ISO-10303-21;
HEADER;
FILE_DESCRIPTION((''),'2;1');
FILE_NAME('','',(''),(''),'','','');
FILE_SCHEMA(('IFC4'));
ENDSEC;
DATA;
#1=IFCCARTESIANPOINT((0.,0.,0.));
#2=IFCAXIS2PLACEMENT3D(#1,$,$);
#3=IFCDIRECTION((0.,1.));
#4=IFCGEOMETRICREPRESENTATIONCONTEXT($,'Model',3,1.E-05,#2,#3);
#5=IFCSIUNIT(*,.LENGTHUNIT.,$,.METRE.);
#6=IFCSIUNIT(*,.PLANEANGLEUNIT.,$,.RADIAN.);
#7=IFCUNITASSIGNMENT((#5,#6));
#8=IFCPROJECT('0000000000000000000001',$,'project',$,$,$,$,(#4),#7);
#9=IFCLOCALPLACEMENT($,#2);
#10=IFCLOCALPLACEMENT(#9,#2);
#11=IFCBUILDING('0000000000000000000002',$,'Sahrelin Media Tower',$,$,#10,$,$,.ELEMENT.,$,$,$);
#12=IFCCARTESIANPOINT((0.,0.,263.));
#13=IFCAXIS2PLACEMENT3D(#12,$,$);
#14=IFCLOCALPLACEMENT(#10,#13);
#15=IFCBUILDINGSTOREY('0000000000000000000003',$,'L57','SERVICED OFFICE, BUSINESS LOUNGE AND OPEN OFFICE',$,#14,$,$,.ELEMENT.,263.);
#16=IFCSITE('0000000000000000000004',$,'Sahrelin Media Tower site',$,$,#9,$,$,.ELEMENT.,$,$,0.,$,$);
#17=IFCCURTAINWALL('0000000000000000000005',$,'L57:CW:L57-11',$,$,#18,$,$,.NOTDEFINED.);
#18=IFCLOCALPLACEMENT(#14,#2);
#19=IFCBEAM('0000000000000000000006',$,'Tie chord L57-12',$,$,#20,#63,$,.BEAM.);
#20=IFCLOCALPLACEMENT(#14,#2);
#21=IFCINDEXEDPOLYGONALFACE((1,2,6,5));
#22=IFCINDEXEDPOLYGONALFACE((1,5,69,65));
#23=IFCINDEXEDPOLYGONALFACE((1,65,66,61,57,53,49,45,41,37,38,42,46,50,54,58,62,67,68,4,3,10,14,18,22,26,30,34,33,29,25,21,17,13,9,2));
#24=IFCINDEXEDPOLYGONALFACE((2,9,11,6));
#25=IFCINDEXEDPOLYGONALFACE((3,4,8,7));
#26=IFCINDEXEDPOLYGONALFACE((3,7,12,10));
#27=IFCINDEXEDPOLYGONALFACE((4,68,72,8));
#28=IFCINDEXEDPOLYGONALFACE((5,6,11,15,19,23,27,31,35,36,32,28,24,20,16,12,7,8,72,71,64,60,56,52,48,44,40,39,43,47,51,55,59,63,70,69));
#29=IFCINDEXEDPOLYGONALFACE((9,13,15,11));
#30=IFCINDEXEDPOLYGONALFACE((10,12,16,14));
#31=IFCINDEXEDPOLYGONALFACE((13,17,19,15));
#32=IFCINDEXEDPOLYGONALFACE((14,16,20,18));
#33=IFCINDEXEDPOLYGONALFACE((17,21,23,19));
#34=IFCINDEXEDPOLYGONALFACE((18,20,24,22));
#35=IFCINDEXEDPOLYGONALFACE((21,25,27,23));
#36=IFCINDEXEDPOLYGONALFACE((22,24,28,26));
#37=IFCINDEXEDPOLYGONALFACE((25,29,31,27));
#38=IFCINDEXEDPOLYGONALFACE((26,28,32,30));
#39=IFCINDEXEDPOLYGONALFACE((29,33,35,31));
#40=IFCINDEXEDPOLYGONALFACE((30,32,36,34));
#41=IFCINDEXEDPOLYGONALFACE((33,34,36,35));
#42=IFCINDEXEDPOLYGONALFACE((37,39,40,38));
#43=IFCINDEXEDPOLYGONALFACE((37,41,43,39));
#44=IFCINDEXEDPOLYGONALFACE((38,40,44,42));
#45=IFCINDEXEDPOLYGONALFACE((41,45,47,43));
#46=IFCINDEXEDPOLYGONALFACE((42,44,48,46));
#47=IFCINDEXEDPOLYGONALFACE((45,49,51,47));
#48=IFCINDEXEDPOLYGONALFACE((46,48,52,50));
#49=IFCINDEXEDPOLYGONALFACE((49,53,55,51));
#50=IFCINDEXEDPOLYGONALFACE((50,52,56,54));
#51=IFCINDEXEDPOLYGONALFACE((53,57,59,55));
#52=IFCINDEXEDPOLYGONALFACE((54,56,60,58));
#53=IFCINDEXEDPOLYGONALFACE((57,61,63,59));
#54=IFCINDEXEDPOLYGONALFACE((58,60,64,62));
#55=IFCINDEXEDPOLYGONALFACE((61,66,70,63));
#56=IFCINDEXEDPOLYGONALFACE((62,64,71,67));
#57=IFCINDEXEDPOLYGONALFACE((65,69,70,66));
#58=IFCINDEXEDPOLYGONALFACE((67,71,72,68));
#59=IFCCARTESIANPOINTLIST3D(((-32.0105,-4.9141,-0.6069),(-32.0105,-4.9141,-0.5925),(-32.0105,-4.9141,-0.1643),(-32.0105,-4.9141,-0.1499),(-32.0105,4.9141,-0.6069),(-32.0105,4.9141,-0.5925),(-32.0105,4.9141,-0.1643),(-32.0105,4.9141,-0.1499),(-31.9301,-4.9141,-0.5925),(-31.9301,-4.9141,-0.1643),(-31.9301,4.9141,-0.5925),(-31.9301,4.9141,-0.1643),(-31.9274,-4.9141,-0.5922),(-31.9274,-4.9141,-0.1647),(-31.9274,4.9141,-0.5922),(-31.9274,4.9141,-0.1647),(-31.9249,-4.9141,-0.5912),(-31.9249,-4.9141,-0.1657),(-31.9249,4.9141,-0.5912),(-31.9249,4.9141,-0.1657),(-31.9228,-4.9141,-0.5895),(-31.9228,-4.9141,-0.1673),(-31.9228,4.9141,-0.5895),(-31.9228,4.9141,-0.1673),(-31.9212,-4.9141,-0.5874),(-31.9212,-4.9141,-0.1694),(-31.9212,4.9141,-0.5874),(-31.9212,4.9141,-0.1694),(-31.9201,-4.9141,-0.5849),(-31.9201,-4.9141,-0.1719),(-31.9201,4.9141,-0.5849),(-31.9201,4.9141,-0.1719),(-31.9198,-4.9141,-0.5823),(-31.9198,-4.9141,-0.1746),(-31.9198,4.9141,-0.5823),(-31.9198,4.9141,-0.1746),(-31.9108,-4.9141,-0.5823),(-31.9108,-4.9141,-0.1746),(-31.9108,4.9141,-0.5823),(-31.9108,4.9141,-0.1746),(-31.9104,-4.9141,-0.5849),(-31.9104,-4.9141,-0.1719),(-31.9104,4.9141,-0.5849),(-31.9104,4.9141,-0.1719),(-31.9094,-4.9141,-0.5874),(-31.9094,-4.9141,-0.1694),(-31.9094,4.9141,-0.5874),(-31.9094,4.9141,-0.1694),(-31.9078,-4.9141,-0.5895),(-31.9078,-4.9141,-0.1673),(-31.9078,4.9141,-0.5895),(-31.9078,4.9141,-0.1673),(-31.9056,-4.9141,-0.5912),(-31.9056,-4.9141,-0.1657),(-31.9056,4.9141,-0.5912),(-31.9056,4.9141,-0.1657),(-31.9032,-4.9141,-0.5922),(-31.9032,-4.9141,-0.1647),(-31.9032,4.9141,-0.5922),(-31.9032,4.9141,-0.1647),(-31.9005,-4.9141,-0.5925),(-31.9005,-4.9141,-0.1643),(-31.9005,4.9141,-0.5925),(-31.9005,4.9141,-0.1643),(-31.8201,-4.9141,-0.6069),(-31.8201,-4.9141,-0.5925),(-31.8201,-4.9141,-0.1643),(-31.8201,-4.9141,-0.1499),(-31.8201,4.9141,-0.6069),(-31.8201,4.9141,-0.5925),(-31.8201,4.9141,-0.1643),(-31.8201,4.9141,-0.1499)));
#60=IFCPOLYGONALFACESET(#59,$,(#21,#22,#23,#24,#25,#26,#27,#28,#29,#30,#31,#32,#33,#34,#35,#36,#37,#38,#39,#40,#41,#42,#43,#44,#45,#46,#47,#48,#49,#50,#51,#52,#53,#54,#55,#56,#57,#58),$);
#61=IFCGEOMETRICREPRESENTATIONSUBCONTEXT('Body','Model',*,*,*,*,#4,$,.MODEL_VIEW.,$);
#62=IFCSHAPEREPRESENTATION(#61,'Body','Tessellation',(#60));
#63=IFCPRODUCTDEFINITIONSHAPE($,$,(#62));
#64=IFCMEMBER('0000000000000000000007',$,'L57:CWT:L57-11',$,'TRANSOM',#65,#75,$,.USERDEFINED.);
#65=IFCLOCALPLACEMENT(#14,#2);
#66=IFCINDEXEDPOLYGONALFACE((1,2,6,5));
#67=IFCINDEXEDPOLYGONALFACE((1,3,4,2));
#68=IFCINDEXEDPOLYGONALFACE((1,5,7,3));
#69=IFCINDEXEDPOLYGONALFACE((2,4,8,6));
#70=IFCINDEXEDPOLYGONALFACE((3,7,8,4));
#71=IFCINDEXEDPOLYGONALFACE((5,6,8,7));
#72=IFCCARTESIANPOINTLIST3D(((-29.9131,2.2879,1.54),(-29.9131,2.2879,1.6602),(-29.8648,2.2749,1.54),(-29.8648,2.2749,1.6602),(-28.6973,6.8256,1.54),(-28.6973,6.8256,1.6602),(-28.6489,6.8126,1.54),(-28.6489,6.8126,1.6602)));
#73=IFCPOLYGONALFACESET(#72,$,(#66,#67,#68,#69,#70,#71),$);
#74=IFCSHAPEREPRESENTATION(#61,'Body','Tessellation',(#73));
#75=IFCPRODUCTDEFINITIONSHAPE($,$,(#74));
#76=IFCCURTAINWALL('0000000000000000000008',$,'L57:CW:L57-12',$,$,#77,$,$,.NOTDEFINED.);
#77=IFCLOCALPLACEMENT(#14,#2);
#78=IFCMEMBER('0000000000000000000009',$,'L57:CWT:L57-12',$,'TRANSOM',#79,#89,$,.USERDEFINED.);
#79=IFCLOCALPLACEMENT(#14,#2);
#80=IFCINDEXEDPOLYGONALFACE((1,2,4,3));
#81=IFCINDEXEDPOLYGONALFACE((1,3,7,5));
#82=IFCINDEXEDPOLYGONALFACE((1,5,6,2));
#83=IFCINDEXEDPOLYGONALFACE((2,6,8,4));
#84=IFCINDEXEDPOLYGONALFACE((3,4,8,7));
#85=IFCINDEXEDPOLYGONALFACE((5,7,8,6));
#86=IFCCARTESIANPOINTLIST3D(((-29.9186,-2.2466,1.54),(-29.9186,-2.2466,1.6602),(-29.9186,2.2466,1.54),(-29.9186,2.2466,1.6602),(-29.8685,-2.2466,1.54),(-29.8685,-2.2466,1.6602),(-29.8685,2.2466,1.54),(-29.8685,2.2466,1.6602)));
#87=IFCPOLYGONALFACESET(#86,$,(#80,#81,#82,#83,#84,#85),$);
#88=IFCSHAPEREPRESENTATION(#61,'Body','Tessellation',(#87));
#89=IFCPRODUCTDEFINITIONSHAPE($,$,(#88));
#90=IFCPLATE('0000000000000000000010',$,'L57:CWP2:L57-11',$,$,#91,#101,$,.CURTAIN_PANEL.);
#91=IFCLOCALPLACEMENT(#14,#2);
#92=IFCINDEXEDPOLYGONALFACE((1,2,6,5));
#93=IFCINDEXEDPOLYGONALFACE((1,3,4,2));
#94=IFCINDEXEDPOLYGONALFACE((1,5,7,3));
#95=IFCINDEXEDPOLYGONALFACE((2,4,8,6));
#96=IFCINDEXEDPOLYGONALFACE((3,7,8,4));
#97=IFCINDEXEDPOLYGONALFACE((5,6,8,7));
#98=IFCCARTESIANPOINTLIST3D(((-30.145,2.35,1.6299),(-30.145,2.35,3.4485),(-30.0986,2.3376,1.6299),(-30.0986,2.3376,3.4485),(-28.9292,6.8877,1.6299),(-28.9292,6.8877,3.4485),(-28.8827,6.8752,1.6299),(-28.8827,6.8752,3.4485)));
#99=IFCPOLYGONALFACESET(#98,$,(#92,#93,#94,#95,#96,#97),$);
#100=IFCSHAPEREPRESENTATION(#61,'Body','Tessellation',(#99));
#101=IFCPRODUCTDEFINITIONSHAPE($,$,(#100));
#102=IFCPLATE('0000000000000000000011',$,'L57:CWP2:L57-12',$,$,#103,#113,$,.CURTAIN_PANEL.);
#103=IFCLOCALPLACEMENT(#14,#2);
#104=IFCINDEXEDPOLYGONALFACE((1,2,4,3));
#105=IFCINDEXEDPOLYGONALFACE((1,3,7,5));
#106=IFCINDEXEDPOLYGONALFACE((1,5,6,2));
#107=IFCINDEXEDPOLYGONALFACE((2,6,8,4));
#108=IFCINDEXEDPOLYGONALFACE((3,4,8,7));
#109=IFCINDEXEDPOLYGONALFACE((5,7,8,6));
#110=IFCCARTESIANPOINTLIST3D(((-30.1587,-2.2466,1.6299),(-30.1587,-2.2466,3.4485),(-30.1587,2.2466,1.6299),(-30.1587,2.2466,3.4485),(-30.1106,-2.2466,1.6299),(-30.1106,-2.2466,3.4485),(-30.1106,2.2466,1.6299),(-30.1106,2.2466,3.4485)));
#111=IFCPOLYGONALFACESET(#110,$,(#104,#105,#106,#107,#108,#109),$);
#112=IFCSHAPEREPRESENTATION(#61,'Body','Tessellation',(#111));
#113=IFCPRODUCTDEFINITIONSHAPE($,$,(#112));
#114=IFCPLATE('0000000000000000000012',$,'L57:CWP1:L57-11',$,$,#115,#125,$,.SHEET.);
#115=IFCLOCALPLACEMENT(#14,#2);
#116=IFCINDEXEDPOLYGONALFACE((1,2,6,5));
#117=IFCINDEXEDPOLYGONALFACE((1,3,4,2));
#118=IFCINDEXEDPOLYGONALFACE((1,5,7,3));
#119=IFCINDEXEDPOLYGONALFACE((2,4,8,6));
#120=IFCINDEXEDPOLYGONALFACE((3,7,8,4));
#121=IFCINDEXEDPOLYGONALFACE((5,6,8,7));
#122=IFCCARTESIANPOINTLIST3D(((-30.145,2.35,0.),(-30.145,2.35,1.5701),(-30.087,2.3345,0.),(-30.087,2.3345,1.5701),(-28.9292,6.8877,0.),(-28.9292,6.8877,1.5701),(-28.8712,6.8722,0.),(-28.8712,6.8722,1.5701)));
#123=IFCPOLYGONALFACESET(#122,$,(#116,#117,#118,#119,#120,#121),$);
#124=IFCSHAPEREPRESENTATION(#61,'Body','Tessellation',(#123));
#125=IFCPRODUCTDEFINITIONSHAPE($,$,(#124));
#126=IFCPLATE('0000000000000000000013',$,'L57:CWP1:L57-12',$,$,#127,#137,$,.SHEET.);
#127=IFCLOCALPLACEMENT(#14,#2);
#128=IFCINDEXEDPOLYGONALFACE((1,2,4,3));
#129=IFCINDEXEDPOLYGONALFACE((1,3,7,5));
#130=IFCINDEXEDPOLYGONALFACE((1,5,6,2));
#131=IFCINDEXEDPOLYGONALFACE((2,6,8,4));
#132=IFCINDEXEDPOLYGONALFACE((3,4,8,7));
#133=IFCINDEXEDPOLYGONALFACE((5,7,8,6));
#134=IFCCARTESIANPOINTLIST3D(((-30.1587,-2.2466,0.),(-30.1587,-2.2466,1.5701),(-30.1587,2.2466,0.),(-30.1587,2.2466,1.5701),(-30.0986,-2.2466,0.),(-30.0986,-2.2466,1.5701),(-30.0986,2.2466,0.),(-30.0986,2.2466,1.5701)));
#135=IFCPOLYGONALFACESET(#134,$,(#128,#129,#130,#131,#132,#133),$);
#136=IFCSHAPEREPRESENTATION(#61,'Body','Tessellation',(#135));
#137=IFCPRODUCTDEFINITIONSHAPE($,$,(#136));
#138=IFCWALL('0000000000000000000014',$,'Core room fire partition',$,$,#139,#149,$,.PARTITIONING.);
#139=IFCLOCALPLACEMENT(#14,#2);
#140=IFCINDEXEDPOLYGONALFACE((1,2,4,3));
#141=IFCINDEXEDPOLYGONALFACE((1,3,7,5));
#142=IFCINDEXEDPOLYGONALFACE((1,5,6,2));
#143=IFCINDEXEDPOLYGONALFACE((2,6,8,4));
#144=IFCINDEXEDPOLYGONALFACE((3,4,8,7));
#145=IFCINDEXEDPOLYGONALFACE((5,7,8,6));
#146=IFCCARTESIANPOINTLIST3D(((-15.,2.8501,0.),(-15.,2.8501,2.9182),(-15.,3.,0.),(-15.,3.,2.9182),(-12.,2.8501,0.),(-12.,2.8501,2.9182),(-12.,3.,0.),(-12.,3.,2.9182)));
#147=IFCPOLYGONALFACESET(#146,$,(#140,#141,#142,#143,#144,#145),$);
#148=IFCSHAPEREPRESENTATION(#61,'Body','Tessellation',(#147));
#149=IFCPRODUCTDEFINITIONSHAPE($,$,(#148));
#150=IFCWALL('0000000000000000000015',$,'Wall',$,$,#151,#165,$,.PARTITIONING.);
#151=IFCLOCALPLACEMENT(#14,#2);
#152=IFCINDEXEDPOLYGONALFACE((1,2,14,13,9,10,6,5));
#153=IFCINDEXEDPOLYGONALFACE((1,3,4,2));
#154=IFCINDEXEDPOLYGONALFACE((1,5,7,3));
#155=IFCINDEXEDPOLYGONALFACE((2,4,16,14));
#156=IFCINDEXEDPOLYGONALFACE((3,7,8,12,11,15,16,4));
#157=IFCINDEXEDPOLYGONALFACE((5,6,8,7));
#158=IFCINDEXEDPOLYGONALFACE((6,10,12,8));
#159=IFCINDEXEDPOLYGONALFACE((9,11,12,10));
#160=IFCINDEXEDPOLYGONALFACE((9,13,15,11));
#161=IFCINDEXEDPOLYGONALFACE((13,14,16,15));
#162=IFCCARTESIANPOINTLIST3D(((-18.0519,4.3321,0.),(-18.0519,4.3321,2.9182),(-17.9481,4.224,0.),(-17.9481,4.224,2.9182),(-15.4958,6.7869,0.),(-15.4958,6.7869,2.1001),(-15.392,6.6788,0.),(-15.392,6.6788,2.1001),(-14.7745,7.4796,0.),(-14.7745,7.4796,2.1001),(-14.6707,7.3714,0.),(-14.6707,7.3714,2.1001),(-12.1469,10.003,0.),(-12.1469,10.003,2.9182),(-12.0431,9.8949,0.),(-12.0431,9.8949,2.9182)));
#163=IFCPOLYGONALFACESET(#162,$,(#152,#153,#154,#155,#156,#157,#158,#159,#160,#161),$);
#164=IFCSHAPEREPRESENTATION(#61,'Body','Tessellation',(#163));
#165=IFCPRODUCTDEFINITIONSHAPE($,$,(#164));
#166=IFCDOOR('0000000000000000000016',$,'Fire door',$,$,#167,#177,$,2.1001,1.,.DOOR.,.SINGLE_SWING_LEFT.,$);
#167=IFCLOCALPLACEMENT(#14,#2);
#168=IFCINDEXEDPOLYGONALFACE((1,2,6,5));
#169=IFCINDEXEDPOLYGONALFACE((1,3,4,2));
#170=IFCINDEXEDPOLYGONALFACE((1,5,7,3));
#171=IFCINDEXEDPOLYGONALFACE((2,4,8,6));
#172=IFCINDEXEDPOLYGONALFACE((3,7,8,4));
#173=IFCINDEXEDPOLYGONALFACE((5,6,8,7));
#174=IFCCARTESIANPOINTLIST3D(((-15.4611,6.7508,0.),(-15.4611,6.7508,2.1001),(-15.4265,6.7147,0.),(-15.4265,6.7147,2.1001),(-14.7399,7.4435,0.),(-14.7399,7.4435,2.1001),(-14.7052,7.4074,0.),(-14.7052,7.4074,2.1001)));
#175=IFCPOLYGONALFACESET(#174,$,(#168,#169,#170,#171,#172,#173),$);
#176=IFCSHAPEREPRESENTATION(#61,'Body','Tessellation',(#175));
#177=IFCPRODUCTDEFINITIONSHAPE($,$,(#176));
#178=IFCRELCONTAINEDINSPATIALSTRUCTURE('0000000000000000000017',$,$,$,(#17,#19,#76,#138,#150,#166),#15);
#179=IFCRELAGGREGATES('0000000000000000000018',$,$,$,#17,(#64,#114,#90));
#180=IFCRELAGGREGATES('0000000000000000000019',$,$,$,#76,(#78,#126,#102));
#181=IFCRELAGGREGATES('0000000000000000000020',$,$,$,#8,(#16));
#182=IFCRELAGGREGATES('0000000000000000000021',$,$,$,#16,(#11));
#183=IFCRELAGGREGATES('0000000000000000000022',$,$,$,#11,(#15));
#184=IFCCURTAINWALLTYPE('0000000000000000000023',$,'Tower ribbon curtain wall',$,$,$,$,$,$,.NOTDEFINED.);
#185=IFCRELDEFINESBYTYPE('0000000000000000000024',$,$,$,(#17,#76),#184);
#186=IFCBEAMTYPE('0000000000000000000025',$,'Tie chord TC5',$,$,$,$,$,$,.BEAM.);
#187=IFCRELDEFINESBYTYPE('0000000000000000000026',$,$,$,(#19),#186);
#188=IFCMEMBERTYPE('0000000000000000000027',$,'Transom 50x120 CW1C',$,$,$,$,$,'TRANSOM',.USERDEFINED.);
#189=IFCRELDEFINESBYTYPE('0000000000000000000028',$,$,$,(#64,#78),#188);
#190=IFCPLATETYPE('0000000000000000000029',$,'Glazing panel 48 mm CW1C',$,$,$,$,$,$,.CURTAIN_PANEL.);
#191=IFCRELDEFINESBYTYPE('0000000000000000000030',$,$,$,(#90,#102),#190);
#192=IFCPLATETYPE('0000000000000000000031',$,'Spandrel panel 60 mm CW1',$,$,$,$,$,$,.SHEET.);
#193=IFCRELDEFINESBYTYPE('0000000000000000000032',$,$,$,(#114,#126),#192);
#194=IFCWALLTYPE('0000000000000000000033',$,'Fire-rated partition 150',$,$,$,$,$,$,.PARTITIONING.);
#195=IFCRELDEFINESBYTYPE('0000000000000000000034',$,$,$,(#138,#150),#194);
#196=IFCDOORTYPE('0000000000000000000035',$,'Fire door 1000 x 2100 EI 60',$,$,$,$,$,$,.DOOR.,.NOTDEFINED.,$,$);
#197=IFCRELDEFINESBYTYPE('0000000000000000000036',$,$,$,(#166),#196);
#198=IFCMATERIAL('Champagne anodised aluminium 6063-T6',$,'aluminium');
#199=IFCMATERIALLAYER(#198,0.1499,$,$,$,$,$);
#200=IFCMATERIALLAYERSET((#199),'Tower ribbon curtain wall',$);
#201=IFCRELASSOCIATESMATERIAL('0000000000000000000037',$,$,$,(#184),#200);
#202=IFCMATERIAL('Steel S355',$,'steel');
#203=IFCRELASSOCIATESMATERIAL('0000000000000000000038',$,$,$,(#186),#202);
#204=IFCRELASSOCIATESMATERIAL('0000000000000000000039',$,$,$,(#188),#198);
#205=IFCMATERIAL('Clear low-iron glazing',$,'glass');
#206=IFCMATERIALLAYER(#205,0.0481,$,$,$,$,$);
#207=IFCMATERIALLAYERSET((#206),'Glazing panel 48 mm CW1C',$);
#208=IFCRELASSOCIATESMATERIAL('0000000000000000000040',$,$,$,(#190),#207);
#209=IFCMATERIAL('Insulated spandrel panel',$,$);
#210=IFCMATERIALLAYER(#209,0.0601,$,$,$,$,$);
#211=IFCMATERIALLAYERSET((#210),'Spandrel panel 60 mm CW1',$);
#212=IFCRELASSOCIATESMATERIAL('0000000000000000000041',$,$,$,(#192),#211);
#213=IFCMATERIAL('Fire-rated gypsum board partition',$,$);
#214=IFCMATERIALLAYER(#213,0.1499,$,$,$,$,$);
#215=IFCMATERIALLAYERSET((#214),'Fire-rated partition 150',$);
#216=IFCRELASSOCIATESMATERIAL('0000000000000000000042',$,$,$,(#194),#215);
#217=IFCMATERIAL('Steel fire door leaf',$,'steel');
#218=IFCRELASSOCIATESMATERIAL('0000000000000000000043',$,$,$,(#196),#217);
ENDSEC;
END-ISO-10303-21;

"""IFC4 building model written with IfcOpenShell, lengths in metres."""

from ifc_helpers import new_model, si_unit, direction, frame, frame_2d, origin, origin_2d, place, context, subcontext, project, spatial, polyline, rectangle, i_section, outline, extrude, material, layer, layer_set, material_profile, profile_set, type_object, element, fill, aggregate, save


model = new_model("IFC4")

# Units and contexts
model_context = context("Model", 3, precision=1e-05, world=origin(), true_north=direction((0.0, 1.0)))
body_context = subcontext(model_context, "Body", "Model", "MODEL_VIEW")
ifc_project = project(units=[si_unit("LENGTHUNIT", "METRE"), si_unit("PLANEANGLEUNIT", "RADIAN")], contexts=[model_context])

# Site, building, storey
site_placement = place(None, origin())
site = spatial("IfcSite", under=ifc_project, at=site_placement, Name="Sahrelin Media Tower site", CompositionType="ELEMENT", RefElevation=0.0)
building_placement = place(site_placement, origin())
building = spatial("IfcBuilding", under=site, at=building_placement, Name="Sahrelin Media Tower", CompositionType="ELEMENT")
storey_placement = place(building_placement, frame((0.0, 0.0, 263.0)))
storey = spatial("IfcBuildingStorey", under=building, at=storey_placement, Name="L57", Description="SERVICED OFFICE, BUSINESS LOUNGE AND OPEN OFFICE", CompositionType="ELEMENT", Elevation=263.0)

# Shared definitions
ifc_material_1 = material(Name="Steel S355", Category="steel")

# Curtain wall
ifc_material_2 = material(Name="Champagne anodised aluminium 6063-T6", Category="aluminium")
ifc_layer_1 = layer(ifc_material_2, 0.1499)
ifc_layer_set_1 = layer_set([ifc_layer_1], Name="Tower ribbon curtain wall")
curtain_wall_type = type_object("IfcCurtainWallType", Name="Tower ribbon curtain wall", PredefinedType="NOTDEFINED", material=ifc_layer_set_1)
curtain_wall_1_placement = place(storey_placement, frame((-29.5176, 4.6138, 0.0), z_axis=(0.0, 0.0, 1.0), x_axis=(1.0, 0.0, 0.0)))
curtain_wall_1 = element("IfcCurtainWall", 1, at=curtain_wall_1_placement, inside=storey, type_object=curtain_wall_type, Name="L57:CW:L57-11", PredefinedType="NOTDEFINED")

# Beam
ifc_material_profile_1 = material_profile(ifc_material_1, i_section(OverallWidth=0.1904, OverallDepth=0.457, WebThickness=0.009, FlangeThickness=0.0144, FilletRadius=0.0103, at=origin_2d()), Name="UB 457x191x74")
ifc_profile_set_1 = profile_set([ifc_material_profile_1], Name="Steel S355")
beam_type_1 = type_object("IfcBeamType", Name="Tie chord TC5", PredefinedType="BEAM", material=ifc_profile_set_1)
beam_1_placement = place(storey_placement, frame((-31.9153, 4.9141, -0.3784), z_axis=(0.0, -1.0, 0.0), x_axis=(1.0, 0.0, 0.0)))
element("IfcBeam", 2, at=beam_1_placement, inside=storey, type_object=beam_type_1, Name="Tie chord L57-12", PredefinedType="BEAM", context=body_context, shape_type="SweptSolid", body=[
    extrude(i_section(OverallWidth=0.1904, OverallDepth=0.457, WebThickness=0.009, FlangeThickness=0.0144, FilletRadius=0.0103, at=origin_2d()), origin(), (0.0, 0.0, 1.0), 9.8281),
])

# Member
ifc_material_profile_2 = material_profile(ifc_material_2, rectangle(XDim=0.05, YDim=0.1201, at=origin_2d()), Name="Transom 50x120")
ifc_profile_set_2 = profile_set([ifc_material_profile_2], Name="Champagne anodised aluminium 6063-T6")
member_type_1 = type_object("IfcMemberType", Name="Transom 50x120 CW1C", ElementType="TRANSOM", PredefinedType="USERDEFINED", material=ifc_profile_set_2)
member_1_placement = place(storey_placement, frame((-28.6731, 6.8191, 1.6001), z_axis=(-0.258814, -0.965927, 0.0), x_axis=(0.965927, -0.258814, 0.0)))
member_1 = element("IfcMember", 3, at=member_1_placement, type_object=member_type_1, Name="L57:CWT:L57-11", ObjectType="TRANSOM", PredefinedType="USERDEFINED", context=body_context, shape_type="SweptSolid", body=[
    extrude(rectangle(XDim=0.05, YDim=0.1201, at=origin_2d()), origin(), (0.0, 0.0, 1.0), 4.6978),
])

# Curtain wall, member
curtain_wall_2_placement = place(storey_placement, frame((-30.1387, 0.0, 0.0), z_axis=(0.0, 0.0, 1.0), x_axis=(1.0, 0.0, 0.0)))
curtain_wall_2 = element("IfcCurtainWall", 4, at=curtain_wall_2_placement, inside=storey, type_object=curtain_wall_type, Name="L57:CW:L57-12", PredefinedType="NOTDEFINED")
member_2_placement = place(storey_placement, frame((-29.8936, 2.2466, 1.6001), z_axis=(0.0, -1.0, 0.0), x_axis=(1.0, 0.0, 0.0)))
member_2 = element("IfcMember", 5, at=member_2_placement, type_object=member_type_1, Name="L57:CWT:L57-12", ObjectType="TRANSOM", PredefinedType="USERDEFINED", context=body_context, shape_type="SweptSolid", body=[
    extrude(rectangle(XDim=0.05, YDim=0.1201, at=origin_2d()), origin(), (0.0, 0.0, 1.0), 4.4932),
])

# Plates
ifc_material_3 = material(Name="Clear low-iron glazing", Category="glass")
ifc_layer_2 = layer(ifc_material_3, 0.0481)
ifc_layer_set_2 = layer_set([ifc_layer_2], Name="Glazing panel 48 mm CW1C")
plate_type_1 = type_object("IfcPlateType", Name="Glazing panel 48 mm CW1C", PredefinedType="CURTAIN_PANEL", material=ifc_layer_set_2)
plate_1_placement = place(storey_placement, frame((-28.9292, 6.8877, 1.6299), z_axis=(-0.965927, 0.258814, 0.0), x_axis=(-0.258814, -0.965927, 0.0)))
plate_1 = element("IfcPlate", 6, at=plate_1_placement, type_object=plate_type_1, Name="L57:CWP2:L57-11", PredefinedType="CURTAIN_PANEL", context=body_context, shape_type="SweptSolid", body=[
    extrude(outline(polyline([(0.0, 0.0), (4.6978, 0.0), (4.6978, 1.8186), (0.0, 1.8186), (0.0, 0.0)])), origin(), (0.0, 0.0, -1.0), 0.0481),
])
plate_2_placement = place(storey_placement, frame((-30.1587, 2.2466, 1.6299), z_axis=(-1.0, 0.0, 0.0), x_axis=(0.0, -1.0, 0.0)))
plate_2 = element("IfcPlate", 7, at=plate_2_placement, type_object=plate_type_1, Name="L57:CWP2:L57-12", PredefinedType="CURTAIN_PANEL", context=body_context, shape_type="SweptSolid", body=[
    extrude(outline(polyline([(0.0, 0.0), (4.4932, 0.0), (4.4932, 1.8186), (0.0, 1.8186), (0.0, 0.0)])), origin(), (0.0, 0.0, -1.0), 0.0481),
])
ifc_material_4 = material(Name="Insulated spandrel panel")
ifc_layer_3 = layer(ifc_material_4, 0.0601)
ifc_layer_set_3 = layer_set([ifc_layer_3], Name="Spandrel panel 60 mm CW1")
plate_type_2 = type_object("IfcPlateType", Name="Spandrel panel 60 mm CW1", PredefinedType="SHEET", material=ifc_layer_set_3)
plate_3_placement = place(storey_placement, frame((-28.9292, 6.8877, 0.0), z_axis=(-0.965927, 0.258814, 0.0), x_axis=(-0.258814, -0.965927, 0.0)))
plate_3 = element("IfcPlate", 8, at=plate_3_placement, type_object=plate_type_2, Name="L57:CWP1:L57-11", PredefinedType="SHEET", context=body_context, shape_type="SweptSolid", body=[
    extrude(outline(polyline([(0.0, 0.0), (4.6978, 0.0), (4.6978, 1.5701), (0.0, 1.5701), (0.0, 0.0)])), origin(), (0.0, 0.0, -1.0), 0.0601),
])
aggregate(curtain_wall_1, [member_1, plate_3, plate_1])
plate_4_placement = place(storey_placement, frame((-30.1587, 2.2466, 0.0), z_axis=(-1.0, 0.0, 0.0), x_axis=(0.0, -1.0, 0.0)))
plate_4 = element("IfcPlate", 9, at=plate_4_placement, type_object=plate_type_2, Name="L57:CWP1:L57-12", PredefinedType="SHEET", context=body_context, shape_type="SweptSolid", body=[
    extrude(outline(polyline([(0.0, 0.0), (4.4932, 0.0), (4.4932, 1.5701), (0.0, 1.5701), (0.0, 0.0)])), origin(), (0.0, 0.0, -1.0), 0.0601),
])
aggregate(curtain_wall_2, [member_2, plate_4, plate_2])

# Wall
ifc_material_5 = material(Name="Fire-rated gypsum board partition")
ifc_layer_4 = layer(ifc_material_5, 0.1499)
ifc_layer_set_4 = layer_set([ifc_layer_4], Name="Fire-rated partition 150")
wall_type_1 = type_object("IfcWallType", Name="Fire-rated partition 150", PredefinedType="PARTITIONING", material=ifc_layer_set_4)
wall_1_placement = place(storey_placement, frame((-15.0, 2.925, 0.0), z_axis=(0.0, 0.0, 1.0), x_axis=(1.0, 0.0, 0.0)))
element("IfcWall", 10, at=wall_1_placement, inside=storey, type_object=wall_type_1, Name="Core room fire partition", PredefinedType="PARTITIONING", context=body_context, shape_type="SweptSolid", body=[
    extrude(rectangle(XDim=3.0, YDim=0.1499, at=frame_2d((1.5, 0.0))), origin(), (0.0, 0.0, 1.0), 2.9182),
])

# Wall, opening, door
wall_2_placement = place(storey_placement, frame((-18.0, 4.2781, 0.0), z_axis=(0.0, 0.0, 1.0), x_axis=(0.721261, 0.692663, 0.0)))
wall_2 = element("IfcWall", 11, at=wall_2_placement, inside=storey, type_object=wall_type_1, Name="Wall", PredefinedType="PARTITIONING", context=body_context, shape_type="SweptSolid", body=[
    extrude(rectangle(XDim=8.187, YDim=0.1499, at=frame_2d((4.0935, 0.0))), origin(), (0.0, 0.0, 1.0), 2.9182),
])
opening_1_placement = place(wall_2_placement, frame((3.5439, 0.0, 0.0)))
opening_1 = element("IfcOpeningElement", 12, at=opening_1_placement, cuts=wall_2, PredefinedType="OPENING", context=body_context, shape_type="SweptSolid", body=[
    extrude(rectangle(XDim=1.0, YDim=2.1001, at=frame_2d((0.5, 1.05))), frame((0.0, 0.075, 0.0), z_axis=(0.0, -1.0, 0.0), x_axis=(1.0, 0.0, 0.0)), (0.0, 0.0, 1.0), 0.1499),
])
ifc_material_6 = material(Name="Steel fire door leaf", Category="steel")
door_type_1 = type_object("IfcDoorType", Name="Fire door 1000 x 2100 EI 60", OperationType="NOTDEFINED", PredefinedType="DOOR", material=ifc_material_6)
door_1_placement = place(opening_1_placement, origin())
door_1 = element("IfcDoor", 13, at=door_1_placement, inside=storey, type_object=door_type_1, Name="Fire door", OperationType="SINGLE_SWING_LEFT", OverallHeight=2.1001, OverallWidth=1.0, PredefinedType="DOOR", context=body_context, shape_type="SweptSolid", body=[
    extrude(rectangle(XDim=1.0, YDim=2.1001, at=frame_2d((0.5, 1.05))), frame((0.0, 0.0249, 0.0), z_axis=(0.0, -1.0, 0.0), x_axis=(1.0, 0.0, 0.0)), (0.0, 0.0, 1.0), 0.05),
])
fill(opening_1, door_1)

save(model, "model.ifc")
